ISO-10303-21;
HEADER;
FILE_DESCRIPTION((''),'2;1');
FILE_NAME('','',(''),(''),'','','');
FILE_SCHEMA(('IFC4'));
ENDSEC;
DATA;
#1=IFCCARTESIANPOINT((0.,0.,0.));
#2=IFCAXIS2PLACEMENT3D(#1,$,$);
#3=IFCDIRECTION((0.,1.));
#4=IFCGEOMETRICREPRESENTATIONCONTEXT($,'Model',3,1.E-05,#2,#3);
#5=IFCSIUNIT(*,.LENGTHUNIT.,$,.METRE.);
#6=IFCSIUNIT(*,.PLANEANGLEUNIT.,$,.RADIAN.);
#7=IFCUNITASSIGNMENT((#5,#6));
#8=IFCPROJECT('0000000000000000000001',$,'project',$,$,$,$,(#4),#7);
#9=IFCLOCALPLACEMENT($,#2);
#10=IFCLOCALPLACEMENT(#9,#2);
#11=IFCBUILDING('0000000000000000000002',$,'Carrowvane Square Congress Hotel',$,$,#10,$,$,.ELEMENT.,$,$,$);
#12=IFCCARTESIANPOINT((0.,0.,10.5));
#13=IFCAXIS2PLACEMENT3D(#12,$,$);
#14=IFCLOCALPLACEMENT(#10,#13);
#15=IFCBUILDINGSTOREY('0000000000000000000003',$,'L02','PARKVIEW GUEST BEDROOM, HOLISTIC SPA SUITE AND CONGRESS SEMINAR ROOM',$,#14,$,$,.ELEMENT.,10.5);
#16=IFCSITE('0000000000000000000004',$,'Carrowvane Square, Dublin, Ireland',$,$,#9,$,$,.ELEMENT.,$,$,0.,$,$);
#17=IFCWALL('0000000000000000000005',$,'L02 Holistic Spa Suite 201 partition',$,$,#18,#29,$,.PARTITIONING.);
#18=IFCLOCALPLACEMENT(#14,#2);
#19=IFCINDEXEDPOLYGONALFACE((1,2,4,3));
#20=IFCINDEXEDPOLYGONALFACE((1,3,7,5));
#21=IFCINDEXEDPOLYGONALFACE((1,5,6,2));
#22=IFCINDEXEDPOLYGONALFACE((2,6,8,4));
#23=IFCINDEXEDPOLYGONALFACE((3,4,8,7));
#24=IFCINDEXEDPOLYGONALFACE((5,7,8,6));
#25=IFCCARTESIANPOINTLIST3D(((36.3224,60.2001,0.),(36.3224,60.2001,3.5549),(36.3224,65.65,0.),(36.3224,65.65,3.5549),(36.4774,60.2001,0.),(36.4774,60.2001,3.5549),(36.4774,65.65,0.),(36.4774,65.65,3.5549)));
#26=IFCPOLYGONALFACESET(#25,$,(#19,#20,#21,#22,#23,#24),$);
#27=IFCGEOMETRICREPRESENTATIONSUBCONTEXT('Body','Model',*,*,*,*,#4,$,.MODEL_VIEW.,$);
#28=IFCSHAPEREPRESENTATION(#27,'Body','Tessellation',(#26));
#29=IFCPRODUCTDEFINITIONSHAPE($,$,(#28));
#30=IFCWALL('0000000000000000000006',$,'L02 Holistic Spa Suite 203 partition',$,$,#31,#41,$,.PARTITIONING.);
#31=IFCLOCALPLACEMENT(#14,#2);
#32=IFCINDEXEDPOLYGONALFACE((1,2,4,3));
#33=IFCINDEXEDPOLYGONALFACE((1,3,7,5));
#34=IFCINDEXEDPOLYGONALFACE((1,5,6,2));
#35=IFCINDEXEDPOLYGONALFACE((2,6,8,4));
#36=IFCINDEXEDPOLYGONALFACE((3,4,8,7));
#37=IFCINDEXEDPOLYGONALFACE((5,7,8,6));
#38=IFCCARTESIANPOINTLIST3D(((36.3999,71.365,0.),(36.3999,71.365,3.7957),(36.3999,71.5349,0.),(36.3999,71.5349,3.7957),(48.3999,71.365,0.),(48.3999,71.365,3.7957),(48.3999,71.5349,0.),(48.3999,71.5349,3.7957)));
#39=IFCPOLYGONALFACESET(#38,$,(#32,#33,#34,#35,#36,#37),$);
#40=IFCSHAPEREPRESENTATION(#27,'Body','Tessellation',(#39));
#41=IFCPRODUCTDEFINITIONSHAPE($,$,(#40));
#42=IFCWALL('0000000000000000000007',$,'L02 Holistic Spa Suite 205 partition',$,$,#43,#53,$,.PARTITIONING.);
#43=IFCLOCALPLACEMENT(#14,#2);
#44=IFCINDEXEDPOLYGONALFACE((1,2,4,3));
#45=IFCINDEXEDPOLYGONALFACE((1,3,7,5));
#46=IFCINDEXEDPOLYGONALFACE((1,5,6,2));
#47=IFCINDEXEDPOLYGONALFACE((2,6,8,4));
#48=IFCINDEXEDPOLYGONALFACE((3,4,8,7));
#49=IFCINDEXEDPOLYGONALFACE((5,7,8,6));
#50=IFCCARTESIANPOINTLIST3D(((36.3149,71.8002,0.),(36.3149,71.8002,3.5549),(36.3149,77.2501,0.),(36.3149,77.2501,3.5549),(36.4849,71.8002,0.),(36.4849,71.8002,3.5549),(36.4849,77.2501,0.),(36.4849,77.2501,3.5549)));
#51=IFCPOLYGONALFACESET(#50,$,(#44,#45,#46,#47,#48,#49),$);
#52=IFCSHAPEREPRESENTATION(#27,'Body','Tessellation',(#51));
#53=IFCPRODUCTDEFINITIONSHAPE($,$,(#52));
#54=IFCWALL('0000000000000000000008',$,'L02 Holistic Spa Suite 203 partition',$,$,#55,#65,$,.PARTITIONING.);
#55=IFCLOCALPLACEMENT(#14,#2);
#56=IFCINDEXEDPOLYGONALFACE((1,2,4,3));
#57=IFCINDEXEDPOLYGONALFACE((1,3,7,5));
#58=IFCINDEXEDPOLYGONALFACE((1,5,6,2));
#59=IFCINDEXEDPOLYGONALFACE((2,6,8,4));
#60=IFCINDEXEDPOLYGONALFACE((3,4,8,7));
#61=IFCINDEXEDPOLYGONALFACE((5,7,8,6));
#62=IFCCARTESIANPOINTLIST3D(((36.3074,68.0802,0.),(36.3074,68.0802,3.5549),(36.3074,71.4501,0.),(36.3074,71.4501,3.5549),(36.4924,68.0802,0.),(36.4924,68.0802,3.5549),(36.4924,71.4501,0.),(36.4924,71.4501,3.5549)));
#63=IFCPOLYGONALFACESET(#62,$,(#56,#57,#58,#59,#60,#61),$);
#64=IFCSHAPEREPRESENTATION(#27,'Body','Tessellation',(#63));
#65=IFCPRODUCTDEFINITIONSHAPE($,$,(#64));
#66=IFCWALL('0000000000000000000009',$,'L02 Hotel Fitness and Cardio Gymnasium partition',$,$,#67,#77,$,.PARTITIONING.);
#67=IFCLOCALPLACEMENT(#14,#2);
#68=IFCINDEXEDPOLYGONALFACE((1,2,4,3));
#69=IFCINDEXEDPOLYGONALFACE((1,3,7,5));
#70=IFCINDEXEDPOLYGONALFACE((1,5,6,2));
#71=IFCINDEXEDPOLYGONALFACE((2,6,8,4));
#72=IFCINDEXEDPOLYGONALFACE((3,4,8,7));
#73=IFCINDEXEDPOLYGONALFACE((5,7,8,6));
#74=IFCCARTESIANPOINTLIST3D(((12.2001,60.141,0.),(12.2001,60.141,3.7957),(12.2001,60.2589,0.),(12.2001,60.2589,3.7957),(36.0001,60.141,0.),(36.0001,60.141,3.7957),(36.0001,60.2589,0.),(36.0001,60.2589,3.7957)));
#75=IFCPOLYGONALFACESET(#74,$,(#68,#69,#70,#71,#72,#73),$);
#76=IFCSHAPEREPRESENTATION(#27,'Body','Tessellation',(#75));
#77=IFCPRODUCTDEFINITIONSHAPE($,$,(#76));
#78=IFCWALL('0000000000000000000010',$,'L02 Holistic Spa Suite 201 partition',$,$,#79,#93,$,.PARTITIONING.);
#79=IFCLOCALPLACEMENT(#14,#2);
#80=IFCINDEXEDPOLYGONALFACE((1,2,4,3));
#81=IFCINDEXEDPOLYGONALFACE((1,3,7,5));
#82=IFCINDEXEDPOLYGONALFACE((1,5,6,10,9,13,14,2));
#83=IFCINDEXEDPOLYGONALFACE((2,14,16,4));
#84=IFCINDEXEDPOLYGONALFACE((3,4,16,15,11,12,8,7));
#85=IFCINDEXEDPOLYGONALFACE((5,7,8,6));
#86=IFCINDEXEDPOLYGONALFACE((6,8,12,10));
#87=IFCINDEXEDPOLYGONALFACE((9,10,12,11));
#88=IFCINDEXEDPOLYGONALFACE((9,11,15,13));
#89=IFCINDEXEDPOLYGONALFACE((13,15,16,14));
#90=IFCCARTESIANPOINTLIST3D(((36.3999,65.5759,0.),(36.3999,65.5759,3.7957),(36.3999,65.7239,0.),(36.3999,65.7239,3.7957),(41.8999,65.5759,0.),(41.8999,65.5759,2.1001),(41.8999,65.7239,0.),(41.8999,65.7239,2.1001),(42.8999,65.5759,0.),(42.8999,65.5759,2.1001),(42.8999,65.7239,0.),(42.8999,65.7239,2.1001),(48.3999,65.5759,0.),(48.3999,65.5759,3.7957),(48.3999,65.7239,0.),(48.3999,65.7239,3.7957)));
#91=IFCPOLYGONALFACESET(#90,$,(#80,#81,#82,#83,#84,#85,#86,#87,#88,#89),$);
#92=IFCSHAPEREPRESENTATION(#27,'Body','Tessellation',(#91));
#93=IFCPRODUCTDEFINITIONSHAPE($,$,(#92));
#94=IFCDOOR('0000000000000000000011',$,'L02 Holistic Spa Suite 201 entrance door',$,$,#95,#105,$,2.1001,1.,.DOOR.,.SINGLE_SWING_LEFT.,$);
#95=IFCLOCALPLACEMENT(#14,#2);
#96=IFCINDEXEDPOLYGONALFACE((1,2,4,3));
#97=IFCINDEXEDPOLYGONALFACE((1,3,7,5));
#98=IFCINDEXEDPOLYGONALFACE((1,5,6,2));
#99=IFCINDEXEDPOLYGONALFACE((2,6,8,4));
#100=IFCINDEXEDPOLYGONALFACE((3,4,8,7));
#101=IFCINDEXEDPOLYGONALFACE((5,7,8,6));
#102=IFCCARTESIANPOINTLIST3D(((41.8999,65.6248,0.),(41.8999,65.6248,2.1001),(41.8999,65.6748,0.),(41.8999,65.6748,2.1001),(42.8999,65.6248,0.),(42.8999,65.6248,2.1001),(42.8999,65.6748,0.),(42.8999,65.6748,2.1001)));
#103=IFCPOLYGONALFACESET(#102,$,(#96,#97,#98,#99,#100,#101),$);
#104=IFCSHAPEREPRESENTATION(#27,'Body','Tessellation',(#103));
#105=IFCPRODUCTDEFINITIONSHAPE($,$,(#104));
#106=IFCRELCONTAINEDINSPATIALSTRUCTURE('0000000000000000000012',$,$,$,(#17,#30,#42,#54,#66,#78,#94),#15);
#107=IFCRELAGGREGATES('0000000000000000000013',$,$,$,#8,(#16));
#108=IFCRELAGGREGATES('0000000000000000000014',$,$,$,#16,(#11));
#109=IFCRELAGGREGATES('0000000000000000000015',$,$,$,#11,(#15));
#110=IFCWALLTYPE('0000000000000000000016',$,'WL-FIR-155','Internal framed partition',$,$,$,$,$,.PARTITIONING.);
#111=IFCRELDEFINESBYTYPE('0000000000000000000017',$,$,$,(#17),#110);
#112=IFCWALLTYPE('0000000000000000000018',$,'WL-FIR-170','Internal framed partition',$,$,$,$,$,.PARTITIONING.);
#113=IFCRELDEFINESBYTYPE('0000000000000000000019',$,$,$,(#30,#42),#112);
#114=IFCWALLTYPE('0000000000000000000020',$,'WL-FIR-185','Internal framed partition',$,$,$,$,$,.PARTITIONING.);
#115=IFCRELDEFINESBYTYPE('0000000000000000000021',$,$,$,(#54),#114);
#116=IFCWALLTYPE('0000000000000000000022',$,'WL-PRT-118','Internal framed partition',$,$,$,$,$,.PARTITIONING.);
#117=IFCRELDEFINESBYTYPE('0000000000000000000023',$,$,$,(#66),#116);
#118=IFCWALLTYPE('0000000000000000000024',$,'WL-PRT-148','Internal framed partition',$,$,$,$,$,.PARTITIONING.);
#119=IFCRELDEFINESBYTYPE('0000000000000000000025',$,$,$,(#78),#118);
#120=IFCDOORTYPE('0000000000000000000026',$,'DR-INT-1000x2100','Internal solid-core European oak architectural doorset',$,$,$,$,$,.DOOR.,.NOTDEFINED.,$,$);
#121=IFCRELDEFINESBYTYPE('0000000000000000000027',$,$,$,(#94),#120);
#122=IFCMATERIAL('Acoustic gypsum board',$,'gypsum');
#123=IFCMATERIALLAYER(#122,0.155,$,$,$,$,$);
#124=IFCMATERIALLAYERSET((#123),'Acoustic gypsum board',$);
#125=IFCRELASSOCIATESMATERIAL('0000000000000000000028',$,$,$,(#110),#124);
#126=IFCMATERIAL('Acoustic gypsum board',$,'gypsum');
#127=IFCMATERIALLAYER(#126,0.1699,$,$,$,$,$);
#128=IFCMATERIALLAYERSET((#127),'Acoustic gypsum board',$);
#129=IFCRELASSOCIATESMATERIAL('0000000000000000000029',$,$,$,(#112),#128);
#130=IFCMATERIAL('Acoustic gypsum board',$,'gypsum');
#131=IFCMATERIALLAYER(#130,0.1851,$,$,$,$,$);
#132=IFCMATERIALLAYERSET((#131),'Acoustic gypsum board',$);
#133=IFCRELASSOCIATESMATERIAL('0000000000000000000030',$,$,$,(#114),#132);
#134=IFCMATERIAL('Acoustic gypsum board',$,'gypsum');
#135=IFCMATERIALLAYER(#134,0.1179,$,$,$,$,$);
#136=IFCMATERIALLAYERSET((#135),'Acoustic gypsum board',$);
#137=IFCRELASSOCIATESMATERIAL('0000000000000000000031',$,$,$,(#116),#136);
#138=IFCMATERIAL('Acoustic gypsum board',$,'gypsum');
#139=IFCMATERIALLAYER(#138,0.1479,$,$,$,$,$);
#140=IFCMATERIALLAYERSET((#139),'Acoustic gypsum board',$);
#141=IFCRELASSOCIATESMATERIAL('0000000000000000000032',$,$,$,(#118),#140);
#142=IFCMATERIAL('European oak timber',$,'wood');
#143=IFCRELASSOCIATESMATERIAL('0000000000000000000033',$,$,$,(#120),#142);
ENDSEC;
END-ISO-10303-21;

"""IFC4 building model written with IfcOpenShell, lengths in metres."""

from ifc_helpers import new_model, si_unit, direction, frame, frame_2d, origin, place, context, subcontext, project, spatial, rectangle, extrude, material, layer, layer_set, type_object, element, fill, save


model = new_model("IFC4")

# Units and contexts
model_context = context("Model", 3, precision=1e-05, world=origin(), true_north=direction((0.0, 1.0)))
body_context = subcontext(model_context, "Body", "Model", "MODEL_VIEW")
ifc_project = project(units=[si_unit("LENGTHUNIT", "METRE"), si_unit("PLANEANGLEUNIT", "RADIAN")], contexts=[model_context])

# Site, building, storey
site_placement = place(None, origin())
site = spatial("IfcSite", under=ifc_project, at=site_placement, Name="Carrowvane Square, Dublin, Ireland", CompositionType="ELEMENT", RefElevation=0.0)
building_placement = place(site_placement, origin())
building = spatial("IfcBuilding", under=site, at=building_placement, Name="Carrowvane Square Congress Hotel", CompositionType="ELEMENT")
storey_placement = place(building_placement, frame((0.0, 0.0, 10.5)))
storey = spatial("IfcBuildingStorey", under=building, at=storey_placement, Name="L02", Description="PARKVIEW GUEST BEDROOM, HOLISTIC SPA SUITE AND CONGRESS SEMINAR ROOM", CompositionType="ELEMENT", Elevation=10.5)

# Walls
ifc_material_1 = material(Name="Acoustic gypsum board", Category="gypsum")
ifc_layer_1 = layer(ifc_material_1, 0.155)
ifc_layer_set_1 = layer_set([ifc_layer_1], Name="Acoustic gypsum board")
wall_type_1 = type_object("IfcWallType", Name="WL-FIR-155", Description="Internal framed partition", PredefinedType="PARTITIONING", material=ifc_layer_set_1)
wall_1_placement = place(storey_placement, frame((36.3999, 60.2, 0.0), z_axis=(0.0, 0.0, 1.0), x_axis=(0.0, 1.0, 0.0)))
element("IfcWall", 1, at=wall_1_placement, inside=storey, type_object=wall_type_1, Name="L02 Holistic Spa Suite 201 partition", PredefinedType="PARTITIONING", context=body_context, shape_type="SweptSolid", body=[
    extrude(rectangle(XDim=5.45, YDim=0.155, at=frame_2d((2.7251, 0.0))), origin(), (0.0, 0.0, 1.0), 3.5549),
])
ifc_material_2 = material(Name="Acoustic gypsum board", Category="gypsum")
ifc_layer_2 = layer(ifc_material_2, 0.1699)
ifc_layer_set_2 = layer_set([ifc_layer_2], Name="Acoustic gypsum board")
wall_type_2 = type_object("IfcWallType", Name="WL-FIR-170", Description="Internal framed partition", PredefinedType="PARTITIONING", material=ifc_layer_set_2)
wall_2_placement = place(storey_placement, frame((36.3999, 71.45, 0.0), z_axis=(0.0, 0.0, 1.0), x_axis=(1.0, 0.0, 0.0)))
element("IfcWall", 2, at=wall_2_placement, inside=storey, type_object=wall_type_2, Name="L02 Holistic Spa Suite 203 partition", PredefinedType="PARTITIONING", context=body_context, shape_type="SweptSolid", body=[
    extrude(rectangle(XDim=12.0, YDim=0.1699, at=frame_2d((6.0, 0.0))), origin(), (0.0, 0.0, 1.0), 3.7957),
])
wall_3_placement = place(storey_placement, frame((36.3999, 71.8, 0.0), z_axis=(0.0, 0.0, 1.0), x_axis=(0.0, 1.0, 0.0)))
element("IfcWall", 3, at=wall_3_placement, inside=storey, type_object=wall_type_2, Name="L02 Holistic Spa Suite 205 partition", PredefinedType="PARTITIONING", context=body_context, shape_type="SweptSolid", body=[
    extrude(rectangle(XDim=5.45, YDim=0.1699, at=frame_2d((2.7251, 0.0))), origin(), (0.0, 0.0, 1.0), 3.5549),
])
ifc_material_3 = material(Name="Acoustic gypsum board", Category="gypsum")
ifc_layer_3 = layer(ifc_material_3, 0.1851)
ifc_layer_set_3 = layer_set([ifc_layer_3], Name="Acoustic gypsum board")
wall_type_3 = type_object("IfcWallType", Name="WL-FIR-185", Description="Internal framed partition", PredefinedType="PARTITIONING", material=ifc_layer_set_3)
wall_4_placement = place(storey_placement, frame((36.3999, 68.0801, 0.0), z_axis=(0.0, 0.0, 1.0), x_axis=(0.0, 1.0, 0.0)))
element("IfcWall", 4, at=wall_4_placement, inside=storey, type_object=wall_type_3, Name="L02 Holistic Spa Suite 203 partition", PredefinedType="PARTITIONING", context=body_context, shape_type="SweptSolid", body=[
    extrude(rectangle(XDim=3.3699, YDim=0.1851, at=frame_2d((1.6851, 0.0))), origin(), (0.0, 0.0, 1.0), 3.5549),
])
ifc_material_4 = material(Name="Acoustic gypsum board", Category="gypsum")
ifc_layer_4 = layer(ifc_material_4, 0.1179)
ifc_layer_set_4 = layer_set([ifc_layer_4], Name="Acoustic gypsum board")
wall_type_4 = type_object("IfcWallType", Name="WL-PRT-118", Description="Internal framed partition", PredefinedType="PARTITIONING", material=ifc_layer_set_4)
wall_5_placement = place(storey_placement, frame((36.0, 60.2, 0.0), z_axis=(0.0, 0.0, 1.0), x_axis=(-1.0, 0.0, 0.0)))
element("IfcWall", 5, at=wall_5_placement, inside=storey, type_object=wall_type_4, Name="L02 Hotel Fitness and Cardio Gymnasium partition", PredefinedType="PARTITIONING", context=body_context, shape_type="SweptSolid", body=[
    extrude(rectangle(XDim=23.8, YDim=0.1179, at=frame_2d((11.8999, 0.0))), origin(), (0.0, 0.0, 1.0), 3.7957),
])

# Wall, opening, door
ifc_material_5 = material(Name="Acoustic gypsum board", Category="gypsum")
ifc_layer_5 = layer(ifc_material_5, 0.1479)
ifc_layer_set_5 = layer_set([ifc_layer_5], Name="Acoustic gypsum board")
wall_type_5 = type_object("IfcWallType", Name="WL-PRT-148", Description="Internal framed partition", PredefinedType="PARTITIONING", material=ifc_layer_set_5)
wall_6_placement = place(storey_placement, frame((36.3999, 65.6499, 0.0), z_axis=(0.0, 0.0, 1.0), x_axis=(1.0, 0.0, 0.0)))
wall_6 = element("IfcWall", 6, at=wall_6_placement, inside=storey, type_object=wall_type_5, Name="L02 Holistic Spa Suite 201 partition", PredefinedType="PARTITIONING", context=body_context, shape_type="SweptSolid", body=[
    extrude(rectangle(XDim=12.0, YDim=0.1479, at=frame_2d((6.0, 0.0))), origin(), (0.0, 0.0, 1.0), 3.7957),
])
opening_placement = place(wall_6_placement, frame((5.5, 0.0, 0.0)))
opening = element("IfcOpeningElement", 7, at=opening_placement, cuts=wall_6, PredefinedType="OPENING", context=body_context, shape_type="SweptSolid", body=[
    extrude(rectangle(XDim=1.0, YDim=2.1001, at=frame_2d((0.5, 1.05))), frame((0.0, 0.084, 0.0), z_axis=(0.0, -1.0, 0.0), x_axis=(1.0, 0.0, 0.0)), (0.0, 0.0, 1.0), 0.168),
])
ifc_material_6 = material(Name="European oak timber", Category="wood")
door_type = type_object("IfcDoorType", Name="DR-INT-1000x2100", Description="Internal solid-core European oak architectural doorset", OperationType="NOTDEFINED", PredefinedType="DOOR", material=ifc_material_6)
door_placement = place(opening_placement, origin())
door = element("IfcDoor", 8, at=door_placement, inside=storey, type_object=door_type, Name="L02 Holistic Spa Suite 201 entrance door", OperationType="SINGLE_SWING_LEFT", OverallHeight=2.1001, OverallWidth=1.0, PredefinedType="DOOR", context=body_context, shape_type="SweptSolid", body=[
    extrude(rectangle(XDim=1.0, YDim=2.1001, at=frame_2d((0.5, 1.05))), frame((0.0, 0.0249, 0.0), z_axis=(0.0, -1.0, 0.0), x_axis=(1.0, 0.0, 0.0)), (0.0, 0.0, 1.0), 0.05),
])
fill(opening, door)

save(model, "model.ifc")
